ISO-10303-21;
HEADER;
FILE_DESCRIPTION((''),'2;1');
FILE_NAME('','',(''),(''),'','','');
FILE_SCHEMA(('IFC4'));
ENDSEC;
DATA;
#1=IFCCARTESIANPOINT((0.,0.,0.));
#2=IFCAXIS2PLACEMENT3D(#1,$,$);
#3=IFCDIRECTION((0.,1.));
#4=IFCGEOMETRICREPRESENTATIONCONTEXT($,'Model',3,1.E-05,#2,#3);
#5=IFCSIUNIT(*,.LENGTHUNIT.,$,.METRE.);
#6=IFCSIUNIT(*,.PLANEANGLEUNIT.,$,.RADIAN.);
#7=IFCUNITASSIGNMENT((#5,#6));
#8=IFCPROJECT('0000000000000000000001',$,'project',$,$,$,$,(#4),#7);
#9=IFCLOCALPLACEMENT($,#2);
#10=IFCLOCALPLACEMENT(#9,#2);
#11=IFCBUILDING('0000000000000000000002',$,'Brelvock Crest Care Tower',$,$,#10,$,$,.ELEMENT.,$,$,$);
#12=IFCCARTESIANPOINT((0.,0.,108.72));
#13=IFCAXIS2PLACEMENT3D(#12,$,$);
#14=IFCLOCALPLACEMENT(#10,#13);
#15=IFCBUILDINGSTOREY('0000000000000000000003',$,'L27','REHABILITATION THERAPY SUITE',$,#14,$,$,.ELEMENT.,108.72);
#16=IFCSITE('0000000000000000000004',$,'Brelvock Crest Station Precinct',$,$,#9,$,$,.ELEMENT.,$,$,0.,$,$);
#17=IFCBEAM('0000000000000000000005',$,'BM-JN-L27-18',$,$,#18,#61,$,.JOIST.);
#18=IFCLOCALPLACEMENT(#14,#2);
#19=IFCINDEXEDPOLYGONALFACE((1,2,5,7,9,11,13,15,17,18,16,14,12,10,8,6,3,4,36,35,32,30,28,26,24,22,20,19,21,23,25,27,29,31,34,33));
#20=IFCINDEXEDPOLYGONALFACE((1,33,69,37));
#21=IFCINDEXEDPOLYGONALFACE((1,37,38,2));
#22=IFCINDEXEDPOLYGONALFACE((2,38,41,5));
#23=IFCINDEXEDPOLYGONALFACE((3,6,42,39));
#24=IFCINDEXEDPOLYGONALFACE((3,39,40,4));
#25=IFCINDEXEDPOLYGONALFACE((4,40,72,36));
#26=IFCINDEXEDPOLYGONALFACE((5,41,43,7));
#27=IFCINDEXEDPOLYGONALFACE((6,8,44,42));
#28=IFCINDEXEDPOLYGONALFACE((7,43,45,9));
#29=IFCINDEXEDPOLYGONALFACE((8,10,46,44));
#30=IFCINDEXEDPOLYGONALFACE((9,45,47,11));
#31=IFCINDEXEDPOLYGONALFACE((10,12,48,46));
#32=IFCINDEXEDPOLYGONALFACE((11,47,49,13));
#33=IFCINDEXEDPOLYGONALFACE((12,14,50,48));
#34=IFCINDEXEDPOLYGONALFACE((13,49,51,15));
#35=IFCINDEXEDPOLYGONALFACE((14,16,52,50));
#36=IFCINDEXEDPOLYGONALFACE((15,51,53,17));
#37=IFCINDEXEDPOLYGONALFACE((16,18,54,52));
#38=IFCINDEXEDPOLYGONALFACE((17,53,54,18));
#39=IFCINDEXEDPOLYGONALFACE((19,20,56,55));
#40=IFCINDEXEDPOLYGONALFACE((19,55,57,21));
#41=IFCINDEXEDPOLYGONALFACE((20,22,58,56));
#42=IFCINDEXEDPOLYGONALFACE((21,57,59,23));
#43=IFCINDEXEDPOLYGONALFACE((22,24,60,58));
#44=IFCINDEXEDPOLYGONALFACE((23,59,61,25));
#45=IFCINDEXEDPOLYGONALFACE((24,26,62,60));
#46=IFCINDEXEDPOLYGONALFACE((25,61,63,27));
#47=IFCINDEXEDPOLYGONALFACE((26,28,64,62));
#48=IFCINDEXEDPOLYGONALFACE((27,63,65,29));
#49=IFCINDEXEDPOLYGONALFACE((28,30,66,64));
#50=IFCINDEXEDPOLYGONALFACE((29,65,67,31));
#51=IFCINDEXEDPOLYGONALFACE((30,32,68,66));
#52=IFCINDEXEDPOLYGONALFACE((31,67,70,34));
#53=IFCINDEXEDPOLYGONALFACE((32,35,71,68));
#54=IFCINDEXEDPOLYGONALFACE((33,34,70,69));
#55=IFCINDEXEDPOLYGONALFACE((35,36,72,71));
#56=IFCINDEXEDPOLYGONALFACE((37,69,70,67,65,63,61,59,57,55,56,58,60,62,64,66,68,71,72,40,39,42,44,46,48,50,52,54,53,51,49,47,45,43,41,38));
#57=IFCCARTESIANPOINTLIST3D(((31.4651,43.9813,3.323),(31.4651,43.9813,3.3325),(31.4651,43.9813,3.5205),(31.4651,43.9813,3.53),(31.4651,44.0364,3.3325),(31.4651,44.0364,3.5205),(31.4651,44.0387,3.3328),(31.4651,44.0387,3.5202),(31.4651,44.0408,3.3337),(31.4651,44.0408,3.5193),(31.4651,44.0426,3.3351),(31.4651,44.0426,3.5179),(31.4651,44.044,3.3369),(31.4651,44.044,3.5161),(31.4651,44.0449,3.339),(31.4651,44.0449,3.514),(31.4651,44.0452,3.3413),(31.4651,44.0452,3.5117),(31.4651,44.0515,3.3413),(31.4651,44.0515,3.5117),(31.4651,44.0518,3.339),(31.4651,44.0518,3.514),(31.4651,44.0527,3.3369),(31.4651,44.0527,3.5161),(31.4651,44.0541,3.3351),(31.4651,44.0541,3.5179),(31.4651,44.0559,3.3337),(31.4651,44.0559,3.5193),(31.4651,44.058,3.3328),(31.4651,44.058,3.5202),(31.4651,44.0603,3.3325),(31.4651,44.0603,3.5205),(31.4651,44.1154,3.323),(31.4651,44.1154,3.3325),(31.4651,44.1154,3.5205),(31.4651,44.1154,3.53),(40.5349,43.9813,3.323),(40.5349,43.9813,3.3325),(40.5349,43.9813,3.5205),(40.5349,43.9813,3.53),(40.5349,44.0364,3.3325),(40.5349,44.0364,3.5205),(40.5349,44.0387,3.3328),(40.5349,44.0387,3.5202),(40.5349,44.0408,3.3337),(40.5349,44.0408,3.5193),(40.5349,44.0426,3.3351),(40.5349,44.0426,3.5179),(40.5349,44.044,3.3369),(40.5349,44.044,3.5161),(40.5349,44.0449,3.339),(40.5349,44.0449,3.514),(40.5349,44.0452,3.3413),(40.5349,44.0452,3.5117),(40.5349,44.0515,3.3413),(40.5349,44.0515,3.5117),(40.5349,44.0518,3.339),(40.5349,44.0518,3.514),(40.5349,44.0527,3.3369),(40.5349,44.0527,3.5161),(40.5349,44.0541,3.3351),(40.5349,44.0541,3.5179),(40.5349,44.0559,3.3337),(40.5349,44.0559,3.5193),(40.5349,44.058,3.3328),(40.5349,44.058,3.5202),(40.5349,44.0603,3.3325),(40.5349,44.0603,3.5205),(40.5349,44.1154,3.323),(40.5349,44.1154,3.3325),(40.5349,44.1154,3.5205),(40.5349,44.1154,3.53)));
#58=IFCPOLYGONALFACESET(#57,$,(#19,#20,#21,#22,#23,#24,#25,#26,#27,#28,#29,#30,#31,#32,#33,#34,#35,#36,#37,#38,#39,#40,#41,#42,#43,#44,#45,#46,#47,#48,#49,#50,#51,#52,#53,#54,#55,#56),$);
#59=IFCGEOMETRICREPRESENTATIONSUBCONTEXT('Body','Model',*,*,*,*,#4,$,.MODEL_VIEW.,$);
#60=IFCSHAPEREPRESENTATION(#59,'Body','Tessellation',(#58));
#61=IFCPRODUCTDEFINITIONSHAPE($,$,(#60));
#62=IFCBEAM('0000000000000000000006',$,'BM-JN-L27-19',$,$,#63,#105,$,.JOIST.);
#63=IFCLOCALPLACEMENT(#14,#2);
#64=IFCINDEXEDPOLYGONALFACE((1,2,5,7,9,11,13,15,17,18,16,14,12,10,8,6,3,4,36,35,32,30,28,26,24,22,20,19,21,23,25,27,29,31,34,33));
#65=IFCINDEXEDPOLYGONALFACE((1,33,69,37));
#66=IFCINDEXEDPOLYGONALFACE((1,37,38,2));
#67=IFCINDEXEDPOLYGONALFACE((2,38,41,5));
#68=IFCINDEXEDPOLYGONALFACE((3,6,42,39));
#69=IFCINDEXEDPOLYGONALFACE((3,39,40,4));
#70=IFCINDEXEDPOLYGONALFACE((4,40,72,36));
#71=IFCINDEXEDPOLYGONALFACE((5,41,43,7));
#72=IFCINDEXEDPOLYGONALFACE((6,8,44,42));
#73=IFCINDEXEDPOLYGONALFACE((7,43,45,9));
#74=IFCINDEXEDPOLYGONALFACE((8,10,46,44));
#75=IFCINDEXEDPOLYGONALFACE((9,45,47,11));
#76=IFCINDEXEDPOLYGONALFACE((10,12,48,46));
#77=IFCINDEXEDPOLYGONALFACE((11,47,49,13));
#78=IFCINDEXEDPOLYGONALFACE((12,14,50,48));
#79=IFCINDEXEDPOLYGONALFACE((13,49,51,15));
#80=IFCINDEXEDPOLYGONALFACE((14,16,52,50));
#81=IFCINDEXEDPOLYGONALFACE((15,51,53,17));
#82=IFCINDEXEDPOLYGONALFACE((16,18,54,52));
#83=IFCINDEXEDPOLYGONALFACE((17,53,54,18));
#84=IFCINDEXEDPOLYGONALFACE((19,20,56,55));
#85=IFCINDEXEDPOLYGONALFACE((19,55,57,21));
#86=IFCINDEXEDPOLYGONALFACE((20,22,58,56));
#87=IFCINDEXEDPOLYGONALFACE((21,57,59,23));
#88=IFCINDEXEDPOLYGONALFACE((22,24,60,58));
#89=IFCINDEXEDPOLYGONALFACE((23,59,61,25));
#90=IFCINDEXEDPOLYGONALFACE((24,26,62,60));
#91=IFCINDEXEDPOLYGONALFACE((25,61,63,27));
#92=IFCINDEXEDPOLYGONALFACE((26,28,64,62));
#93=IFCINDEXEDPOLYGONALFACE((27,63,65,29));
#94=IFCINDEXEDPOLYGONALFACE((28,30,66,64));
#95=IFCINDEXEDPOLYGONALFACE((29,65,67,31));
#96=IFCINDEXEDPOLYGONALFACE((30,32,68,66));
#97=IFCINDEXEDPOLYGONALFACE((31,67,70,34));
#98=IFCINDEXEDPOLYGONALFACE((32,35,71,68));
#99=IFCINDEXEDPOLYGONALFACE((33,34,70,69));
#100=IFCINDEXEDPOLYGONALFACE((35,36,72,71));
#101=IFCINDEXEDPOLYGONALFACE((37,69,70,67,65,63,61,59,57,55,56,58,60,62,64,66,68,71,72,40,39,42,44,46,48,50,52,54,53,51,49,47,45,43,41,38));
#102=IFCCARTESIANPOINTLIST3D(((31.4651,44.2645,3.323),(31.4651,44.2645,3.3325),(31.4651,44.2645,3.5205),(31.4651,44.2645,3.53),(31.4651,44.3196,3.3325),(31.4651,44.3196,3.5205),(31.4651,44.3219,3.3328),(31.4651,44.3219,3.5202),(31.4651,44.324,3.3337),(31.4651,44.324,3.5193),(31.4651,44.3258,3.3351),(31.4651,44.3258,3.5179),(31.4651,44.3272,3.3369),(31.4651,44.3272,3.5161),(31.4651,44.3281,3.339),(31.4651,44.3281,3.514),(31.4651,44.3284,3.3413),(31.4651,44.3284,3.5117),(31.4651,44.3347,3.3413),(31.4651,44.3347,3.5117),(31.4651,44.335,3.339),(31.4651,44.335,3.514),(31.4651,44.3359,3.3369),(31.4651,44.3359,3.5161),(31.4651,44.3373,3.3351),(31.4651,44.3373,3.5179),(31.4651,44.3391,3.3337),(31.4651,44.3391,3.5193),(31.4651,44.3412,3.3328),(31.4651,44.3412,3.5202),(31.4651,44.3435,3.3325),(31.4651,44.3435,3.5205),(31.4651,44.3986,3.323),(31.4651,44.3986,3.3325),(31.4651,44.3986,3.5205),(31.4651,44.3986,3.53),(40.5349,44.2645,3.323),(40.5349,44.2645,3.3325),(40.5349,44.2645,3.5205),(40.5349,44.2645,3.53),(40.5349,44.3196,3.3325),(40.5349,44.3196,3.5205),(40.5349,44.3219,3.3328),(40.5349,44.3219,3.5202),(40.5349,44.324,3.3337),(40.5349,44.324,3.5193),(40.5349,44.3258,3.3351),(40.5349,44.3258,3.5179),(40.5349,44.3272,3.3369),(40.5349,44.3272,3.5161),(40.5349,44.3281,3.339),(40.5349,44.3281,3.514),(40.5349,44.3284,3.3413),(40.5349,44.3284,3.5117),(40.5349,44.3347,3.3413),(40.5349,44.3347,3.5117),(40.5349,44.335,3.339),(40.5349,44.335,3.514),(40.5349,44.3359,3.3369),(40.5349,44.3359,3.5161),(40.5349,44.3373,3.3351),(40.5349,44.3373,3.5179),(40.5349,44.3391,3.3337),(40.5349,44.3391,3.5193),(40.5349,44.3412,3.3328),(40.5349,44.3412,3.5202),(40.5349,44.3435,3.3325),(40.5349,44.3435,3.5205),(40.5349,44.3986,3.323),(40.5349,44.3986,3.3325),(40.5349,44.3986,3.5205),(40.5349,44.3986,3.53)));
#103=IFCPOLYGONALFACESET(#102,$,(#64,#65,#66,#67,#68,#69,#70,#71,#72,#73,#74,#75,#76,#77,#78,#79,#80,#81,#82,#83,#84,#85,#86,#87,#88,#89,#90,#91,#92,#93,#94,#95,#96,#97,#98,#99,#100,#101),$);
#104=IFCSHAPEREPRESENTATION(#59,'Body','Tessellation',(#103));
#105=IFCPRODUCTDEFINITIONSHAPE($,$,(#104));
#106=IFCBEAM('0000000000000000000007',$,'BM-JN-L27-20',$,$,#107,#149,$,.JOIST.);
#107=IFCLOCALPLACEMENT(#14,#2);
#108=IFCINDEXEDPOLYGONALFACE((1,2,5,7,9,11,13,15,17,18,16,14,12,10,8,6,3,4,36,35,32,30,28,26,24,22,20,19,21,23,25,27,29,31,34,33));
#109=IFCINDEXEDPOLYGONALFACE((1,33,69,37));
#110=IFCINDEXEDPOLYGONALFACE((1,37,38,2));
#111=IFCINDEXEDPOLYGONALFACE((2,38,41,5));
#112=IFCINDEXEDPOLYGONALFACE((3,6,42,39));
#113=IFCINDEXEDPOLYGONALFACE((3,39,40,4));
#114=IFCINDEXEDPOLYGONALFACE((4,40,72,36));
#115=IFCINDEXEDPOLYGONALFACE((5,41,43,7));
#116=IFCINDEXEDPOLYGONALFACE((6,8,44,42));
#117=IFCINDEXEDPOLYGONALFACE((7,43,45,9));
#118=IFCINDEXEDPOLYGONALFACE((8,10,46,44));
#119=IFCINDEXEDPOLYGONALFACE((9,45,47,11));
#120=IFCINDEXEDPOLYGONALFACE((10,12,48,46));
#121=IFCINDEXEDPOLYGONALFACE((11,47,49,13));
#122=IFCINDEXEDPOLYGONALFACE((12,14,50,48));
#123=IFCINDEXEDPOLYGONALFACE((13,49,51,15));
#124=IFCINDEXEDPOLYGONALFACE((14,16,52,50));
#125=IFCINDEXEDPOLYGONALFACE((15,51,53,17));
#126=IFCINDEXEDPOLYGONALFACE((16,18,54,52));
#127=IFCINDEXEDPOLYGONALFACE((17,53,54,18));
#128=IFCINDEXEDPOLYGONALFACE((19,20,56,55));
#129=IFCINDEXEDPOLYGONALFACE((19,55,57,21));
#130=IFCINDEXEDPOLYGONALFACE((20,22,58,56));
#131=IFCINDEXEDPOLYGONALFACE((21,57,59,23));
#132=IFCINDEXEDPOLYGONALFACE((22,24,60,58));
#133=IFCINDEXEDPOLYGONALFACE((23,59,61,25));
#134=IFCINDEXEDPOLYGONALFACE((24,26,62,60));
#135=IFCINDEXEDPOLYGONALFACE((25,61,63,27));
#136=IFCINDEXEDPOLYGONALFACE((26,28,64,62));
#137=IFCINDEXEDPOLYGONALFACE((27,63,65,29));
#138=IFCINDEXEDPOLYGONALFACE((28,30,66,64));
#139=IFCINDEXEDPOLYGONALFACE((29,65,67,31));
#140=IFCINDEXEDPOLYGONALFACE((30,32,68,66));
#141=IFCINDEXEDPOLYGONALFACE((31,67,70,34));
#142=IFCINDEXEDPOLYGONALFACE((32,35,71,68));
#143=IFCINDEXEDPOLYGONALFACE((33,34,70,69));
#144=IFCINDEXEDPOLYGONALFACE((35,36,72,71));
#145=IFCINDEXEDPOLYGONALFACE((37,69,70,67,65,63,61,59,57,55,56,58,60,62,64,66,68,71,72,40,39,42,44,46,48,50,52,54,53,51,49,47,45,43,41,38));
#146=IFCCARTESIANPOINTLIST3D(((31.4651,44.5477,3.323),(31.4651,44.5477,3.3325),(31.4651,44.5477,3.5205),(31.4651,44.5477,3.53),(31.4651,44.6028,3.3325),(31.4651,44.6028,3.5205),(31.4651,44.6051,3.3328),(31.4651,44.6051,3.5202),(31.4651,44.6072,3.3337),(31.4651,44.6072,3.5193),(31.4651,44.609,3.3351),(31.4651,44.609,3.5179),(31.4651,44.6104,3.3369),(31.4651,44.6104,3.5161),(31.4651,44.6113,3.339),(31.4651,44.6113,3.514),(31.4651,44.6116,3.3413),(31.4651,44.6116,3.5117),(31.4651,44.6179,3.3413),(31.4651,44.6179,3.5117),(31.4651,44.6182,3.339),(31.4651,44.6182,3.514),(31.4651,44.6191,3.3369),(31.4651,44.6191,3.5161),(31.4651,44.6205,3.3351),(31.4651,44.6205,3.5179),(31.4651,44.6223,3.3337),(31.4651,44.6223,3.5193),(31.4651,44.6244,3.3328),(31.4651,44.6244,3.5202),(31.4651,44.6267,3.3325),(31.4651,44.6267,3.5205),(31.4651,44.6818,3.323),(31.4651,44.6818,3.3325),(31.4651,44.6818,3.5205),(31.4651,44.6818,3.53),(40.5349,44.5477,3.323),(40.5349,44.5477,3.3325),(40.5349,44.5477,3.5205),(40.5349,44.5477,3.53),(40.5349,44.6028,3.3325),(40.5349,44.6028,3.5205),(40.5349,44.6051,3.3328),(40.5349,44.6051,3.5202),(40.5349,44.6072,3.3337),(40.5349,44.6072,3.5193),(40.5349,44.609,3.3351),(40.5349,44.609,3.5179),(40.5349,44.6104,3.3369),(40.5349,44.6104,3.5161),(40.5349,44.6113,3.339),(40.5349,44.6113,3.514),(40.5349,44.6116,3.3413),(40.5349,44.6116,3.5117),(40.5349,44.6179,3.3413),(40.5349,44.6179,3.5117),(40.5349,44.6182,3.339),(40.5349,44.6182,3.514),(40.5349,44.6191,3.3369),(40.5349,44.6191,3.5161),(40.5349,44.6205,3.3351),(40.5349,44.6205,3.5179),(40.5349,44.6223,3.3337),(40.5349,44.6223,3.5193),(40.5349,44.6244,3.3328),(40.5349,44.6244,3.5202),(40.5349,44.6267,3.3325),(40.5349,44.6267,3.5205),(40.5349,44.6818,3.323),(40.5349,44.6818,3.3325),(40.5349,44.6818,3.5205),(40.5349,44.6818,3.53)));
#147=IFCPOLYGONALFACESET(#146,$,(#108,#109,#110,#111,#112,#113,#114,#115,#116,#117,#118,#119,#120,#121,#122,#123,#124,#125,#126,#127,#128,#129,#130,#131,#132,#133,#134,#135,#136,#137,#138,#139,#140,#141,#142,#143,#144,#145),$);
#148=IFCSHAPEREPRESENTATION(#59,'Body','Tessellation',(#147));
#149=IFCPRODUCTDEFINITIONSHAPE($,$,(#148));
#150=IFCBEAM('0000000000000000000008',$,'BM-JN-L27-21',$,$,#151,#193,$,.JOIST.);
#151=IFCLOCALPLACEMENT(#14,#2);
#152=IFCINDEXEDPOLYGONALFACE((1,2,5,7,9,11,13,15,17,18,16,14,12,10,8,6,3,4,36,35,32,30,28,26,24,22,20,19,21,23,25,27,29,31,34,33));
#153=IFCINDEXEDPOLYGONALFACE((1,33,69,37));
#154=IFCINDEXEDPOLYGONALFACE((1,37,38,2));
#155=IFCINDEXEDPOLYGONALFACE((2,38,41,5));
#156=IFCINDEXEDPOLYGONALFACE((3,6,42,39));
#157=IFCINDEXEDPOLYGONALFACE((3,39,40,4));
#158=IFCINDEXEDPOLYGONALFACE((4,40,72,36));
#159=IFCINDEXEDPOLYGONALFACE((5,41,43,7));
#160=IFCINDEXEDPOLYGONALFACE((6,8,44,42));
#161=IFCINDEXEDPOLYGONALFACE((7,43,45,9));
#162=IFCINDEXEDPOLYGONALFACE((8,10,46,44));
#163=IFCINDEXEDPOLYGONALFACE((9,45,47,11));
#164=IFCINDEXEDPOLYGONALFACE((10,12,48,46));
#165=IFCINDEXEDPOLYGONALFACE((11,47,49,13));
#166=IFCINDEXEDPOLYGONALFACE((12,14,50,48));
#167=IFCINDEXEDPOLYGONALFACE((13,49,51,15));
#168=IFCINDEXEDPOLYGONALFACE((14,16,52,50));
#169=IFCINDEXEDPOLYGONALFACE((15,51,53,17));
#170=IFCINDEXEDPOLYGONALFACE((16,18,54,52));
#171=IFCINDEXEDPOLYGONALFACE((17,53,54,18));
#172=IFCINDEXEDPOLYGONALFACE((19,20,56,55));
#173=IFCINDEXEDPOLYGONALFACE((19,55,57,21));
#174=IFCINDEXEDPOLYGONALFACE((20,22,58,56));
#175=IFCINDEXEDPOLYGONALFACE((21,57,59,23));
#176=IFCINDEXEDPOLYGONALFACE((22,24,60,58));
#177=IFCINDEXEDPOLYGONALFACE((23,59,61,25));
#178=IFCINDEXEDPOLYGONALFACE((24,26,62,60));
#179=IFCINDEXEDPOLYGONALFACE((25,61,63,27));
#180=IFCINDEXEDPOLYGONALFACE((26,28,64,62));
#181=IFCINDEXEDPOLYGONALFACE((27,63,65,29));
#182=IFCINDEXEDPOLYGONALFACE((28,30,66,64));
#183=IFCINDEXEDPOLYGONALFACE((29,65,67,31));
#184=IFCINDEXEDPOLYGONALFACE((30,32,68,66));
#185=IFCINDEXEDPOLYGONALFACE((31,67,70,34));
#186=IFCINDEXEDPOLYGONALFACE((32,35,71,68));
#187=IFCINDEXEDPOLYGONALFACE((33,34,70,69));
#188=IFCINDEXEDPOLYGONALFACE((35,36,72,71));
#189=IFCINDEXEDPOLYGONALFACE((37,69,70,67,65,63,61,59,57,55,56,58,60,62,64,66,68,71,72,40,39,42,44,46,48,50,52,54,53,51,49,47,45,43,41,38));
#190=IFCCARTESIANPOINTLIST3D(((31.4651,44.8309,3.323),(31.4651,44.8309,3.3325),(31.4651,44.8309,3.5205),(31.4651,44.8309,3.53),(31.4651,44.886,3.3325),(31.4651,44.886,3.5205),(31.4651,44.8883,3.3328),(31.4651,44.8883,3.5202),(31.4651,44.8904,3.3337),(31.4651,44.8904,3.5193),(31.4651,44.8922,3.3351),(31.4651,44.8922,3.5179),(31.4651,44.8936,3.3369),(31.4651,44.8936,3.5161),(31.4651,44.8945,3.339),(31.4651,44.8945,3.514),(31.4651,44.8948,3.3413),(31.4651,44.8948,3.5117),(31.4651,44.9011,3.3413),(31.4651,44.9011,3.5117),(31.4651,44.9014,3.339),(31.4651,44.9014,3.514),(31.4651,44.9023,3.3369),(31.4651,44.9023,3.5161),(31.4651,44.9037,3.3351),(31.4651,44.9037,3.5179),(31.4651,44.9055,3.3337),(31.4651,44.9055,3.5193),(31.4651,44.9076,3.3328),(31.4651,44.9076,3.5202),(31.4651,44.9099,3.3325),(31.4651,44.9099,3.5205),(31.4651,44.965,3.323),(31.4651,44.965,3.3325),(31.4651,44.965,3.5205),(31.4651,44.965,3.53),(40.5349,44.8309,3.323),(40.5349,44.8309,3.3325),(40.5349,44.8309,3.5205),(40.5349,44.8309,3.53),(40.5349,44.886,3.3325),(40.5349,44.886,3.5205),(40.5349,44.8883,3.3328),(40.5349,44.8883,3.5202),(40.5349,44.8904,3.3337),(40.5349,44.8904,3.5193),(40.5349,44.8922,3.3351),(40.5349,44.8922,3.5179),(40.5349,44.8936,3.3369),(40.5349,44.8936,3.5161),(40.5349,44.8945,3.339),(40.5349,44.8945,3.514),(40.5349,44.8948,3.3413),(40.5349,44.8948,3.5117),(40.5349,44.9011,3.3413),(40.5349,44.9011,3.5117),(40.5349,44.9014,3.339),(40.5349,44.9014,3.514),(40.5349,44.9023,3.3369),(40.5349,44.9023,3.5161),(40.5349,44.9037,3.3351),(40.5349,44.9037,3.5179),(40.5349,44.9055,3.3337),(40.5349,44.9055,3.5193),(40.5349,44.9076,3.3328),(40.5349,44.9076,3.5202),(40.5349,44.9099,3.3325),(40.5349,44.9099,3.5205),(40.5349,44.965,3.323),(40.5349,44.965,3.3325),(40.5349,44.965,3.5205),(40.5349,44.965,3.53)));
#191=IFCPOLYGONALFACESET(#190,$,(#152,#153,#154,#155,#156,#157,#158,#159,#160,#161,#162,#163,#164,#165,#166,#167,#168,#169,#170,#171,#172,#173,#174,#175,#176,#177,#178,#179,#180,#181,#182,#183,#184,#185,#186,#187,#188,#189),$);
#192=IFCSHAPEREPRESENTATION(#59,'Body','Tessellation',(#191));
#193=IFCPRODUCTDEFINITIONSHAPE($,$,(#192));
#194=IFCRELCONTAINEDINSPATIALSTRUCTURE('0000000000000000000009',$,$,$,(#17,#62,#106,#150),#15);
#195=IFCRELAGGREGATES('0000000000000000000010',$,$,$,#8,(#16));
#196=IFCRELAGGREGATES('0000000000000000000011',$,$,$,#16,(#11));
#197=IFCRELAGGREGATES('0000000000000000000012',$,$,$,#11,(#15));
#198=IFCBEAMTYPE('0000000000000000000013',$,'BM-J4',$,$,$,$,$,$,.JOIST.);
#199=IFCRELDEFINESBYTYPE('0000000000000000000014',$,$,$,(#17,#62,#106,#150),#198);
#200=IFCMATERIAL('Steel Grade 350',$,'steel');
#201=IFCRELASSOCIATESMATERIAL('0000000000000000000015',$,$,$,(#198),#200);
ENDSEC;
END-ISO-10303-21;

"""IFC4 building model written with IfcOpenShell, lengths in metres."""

from ifc_helpers import new_model, si_unit, direction, frame, origin, origin_2d, place, context, subcontext, project, spatial, i_section, extrude, source, transform, mapped, material, material_profile, profile_set, type_object, element, save


model = new_model("IFC4")

# Units and contexts
model_context = context("Model", 3, precision=1e-05, world=origin(), true_north=direction((0.0, 1.0)))
body_context = subcontext(model_context, "Body", "Model", "MODEL_VIEW")
ifc_project = project(units=[si_unit("LENGTHUNIT", "METRE"), si_unit("PLANEANGLEUNIT", "RADIAN")], contexts=[model_context])

# Site, building, storey
site_placement = place(None, origin())
site = spatial("IfcSite", under=ifc_project, at=site_placement, Name="Brelvock Crest Station Precinct", CompositionType="ELEMENT", RefElevation=0.0)
building_placement = place(site_placement, origin())
building = spatial("IfcBuilding", under=site, at=building_placement, Name="Brelvock Crest Care Tower", CompositionType="ELEMENT")
storey_placement = place(building_placement, frame((0.0, 0.0, 108.72)))
storey = spatial("IfcBuildingStorey", under=building, at=storey_placement, Name="L27", Description="REHABILITATION THERAPY SUITE", CompositionType="ELEMENT", Elevation=108.72)

# Beams
ifc_material_1 = material(Name="Steel Grade 350", Category="steel")
ifc_material_profile_1 = material_profile(ifc_material_1, i_section(OverallWidth=0.134, OverallDepth=0.207, WebThickness=0.0063, FlangeThickness=0.0095, FilletRadius=0.0088, at=origin_2d()), Name="200UB29.8")
ifc_profile_set_1 = profile_set([ifc_material_profile_1], Name="Steel Grade 350")
beam_type_1 = type_object("IfcBeamType", Name="BM-J4", PredefinedType="JOIST", material=ifc_profile_set_1)
shared_shape_1 = source(origin(), body_context, "Body", "SweptSolid", [
    extrude(i_section(OverallWidth=0.134, OverallDepth=0.207, WebThickness=0.0063, FlangeThickness=0.0095, FilletRadius=0.0088, at=origin_2d()), origin(), (0.0, 0.0, 1.0), 9.0698),
])
for number, where, z_axis, x_axis, name in (
    (1, (31.4651, 44.0483, 3.4265), (1.0, 0.0, 0.0), (0.0, 1.0, 0.0), "BM-JN-L27-18"),
    (2, (31.4651, 44.3315, 3.4265), (1.0, 0.0, 0.0), (0.0, 1.0, 0.0), "BM-JN-L27-19"),
    (3, (31.4651, 44.6147, 3.4265), (1.0, 0.0, 0.0), (0.0, 1.0, 0.0), "BM-JN-L27-20"),
    (4, (31.4651, 44.8979, 3.4265), (1.0, 0.0, 0.0), (0.0, 1.0, 0.0), "BM-JN-L27-21"),
):
    element("IfcBeam", number, at=place(storey_placement, frame(where, z_axis=z_axis, x_axis=x_axis)), inside=storey, type_object=beam_type_1, Name=name, PredefinedType="JOIST", context=body_context, shape_type="MappedRepresentation", body=[
        mapped(shared_shape_1, transform((0.0, 0.0, 0.0), x_axis=(1.0, 0.0, 0.0), y_axis=(0.0, 1.0, 0.0), z_axis=(0.0, 0.0, 1.0), scale=1.0)),
    ])

save(model, "model.ifc")
